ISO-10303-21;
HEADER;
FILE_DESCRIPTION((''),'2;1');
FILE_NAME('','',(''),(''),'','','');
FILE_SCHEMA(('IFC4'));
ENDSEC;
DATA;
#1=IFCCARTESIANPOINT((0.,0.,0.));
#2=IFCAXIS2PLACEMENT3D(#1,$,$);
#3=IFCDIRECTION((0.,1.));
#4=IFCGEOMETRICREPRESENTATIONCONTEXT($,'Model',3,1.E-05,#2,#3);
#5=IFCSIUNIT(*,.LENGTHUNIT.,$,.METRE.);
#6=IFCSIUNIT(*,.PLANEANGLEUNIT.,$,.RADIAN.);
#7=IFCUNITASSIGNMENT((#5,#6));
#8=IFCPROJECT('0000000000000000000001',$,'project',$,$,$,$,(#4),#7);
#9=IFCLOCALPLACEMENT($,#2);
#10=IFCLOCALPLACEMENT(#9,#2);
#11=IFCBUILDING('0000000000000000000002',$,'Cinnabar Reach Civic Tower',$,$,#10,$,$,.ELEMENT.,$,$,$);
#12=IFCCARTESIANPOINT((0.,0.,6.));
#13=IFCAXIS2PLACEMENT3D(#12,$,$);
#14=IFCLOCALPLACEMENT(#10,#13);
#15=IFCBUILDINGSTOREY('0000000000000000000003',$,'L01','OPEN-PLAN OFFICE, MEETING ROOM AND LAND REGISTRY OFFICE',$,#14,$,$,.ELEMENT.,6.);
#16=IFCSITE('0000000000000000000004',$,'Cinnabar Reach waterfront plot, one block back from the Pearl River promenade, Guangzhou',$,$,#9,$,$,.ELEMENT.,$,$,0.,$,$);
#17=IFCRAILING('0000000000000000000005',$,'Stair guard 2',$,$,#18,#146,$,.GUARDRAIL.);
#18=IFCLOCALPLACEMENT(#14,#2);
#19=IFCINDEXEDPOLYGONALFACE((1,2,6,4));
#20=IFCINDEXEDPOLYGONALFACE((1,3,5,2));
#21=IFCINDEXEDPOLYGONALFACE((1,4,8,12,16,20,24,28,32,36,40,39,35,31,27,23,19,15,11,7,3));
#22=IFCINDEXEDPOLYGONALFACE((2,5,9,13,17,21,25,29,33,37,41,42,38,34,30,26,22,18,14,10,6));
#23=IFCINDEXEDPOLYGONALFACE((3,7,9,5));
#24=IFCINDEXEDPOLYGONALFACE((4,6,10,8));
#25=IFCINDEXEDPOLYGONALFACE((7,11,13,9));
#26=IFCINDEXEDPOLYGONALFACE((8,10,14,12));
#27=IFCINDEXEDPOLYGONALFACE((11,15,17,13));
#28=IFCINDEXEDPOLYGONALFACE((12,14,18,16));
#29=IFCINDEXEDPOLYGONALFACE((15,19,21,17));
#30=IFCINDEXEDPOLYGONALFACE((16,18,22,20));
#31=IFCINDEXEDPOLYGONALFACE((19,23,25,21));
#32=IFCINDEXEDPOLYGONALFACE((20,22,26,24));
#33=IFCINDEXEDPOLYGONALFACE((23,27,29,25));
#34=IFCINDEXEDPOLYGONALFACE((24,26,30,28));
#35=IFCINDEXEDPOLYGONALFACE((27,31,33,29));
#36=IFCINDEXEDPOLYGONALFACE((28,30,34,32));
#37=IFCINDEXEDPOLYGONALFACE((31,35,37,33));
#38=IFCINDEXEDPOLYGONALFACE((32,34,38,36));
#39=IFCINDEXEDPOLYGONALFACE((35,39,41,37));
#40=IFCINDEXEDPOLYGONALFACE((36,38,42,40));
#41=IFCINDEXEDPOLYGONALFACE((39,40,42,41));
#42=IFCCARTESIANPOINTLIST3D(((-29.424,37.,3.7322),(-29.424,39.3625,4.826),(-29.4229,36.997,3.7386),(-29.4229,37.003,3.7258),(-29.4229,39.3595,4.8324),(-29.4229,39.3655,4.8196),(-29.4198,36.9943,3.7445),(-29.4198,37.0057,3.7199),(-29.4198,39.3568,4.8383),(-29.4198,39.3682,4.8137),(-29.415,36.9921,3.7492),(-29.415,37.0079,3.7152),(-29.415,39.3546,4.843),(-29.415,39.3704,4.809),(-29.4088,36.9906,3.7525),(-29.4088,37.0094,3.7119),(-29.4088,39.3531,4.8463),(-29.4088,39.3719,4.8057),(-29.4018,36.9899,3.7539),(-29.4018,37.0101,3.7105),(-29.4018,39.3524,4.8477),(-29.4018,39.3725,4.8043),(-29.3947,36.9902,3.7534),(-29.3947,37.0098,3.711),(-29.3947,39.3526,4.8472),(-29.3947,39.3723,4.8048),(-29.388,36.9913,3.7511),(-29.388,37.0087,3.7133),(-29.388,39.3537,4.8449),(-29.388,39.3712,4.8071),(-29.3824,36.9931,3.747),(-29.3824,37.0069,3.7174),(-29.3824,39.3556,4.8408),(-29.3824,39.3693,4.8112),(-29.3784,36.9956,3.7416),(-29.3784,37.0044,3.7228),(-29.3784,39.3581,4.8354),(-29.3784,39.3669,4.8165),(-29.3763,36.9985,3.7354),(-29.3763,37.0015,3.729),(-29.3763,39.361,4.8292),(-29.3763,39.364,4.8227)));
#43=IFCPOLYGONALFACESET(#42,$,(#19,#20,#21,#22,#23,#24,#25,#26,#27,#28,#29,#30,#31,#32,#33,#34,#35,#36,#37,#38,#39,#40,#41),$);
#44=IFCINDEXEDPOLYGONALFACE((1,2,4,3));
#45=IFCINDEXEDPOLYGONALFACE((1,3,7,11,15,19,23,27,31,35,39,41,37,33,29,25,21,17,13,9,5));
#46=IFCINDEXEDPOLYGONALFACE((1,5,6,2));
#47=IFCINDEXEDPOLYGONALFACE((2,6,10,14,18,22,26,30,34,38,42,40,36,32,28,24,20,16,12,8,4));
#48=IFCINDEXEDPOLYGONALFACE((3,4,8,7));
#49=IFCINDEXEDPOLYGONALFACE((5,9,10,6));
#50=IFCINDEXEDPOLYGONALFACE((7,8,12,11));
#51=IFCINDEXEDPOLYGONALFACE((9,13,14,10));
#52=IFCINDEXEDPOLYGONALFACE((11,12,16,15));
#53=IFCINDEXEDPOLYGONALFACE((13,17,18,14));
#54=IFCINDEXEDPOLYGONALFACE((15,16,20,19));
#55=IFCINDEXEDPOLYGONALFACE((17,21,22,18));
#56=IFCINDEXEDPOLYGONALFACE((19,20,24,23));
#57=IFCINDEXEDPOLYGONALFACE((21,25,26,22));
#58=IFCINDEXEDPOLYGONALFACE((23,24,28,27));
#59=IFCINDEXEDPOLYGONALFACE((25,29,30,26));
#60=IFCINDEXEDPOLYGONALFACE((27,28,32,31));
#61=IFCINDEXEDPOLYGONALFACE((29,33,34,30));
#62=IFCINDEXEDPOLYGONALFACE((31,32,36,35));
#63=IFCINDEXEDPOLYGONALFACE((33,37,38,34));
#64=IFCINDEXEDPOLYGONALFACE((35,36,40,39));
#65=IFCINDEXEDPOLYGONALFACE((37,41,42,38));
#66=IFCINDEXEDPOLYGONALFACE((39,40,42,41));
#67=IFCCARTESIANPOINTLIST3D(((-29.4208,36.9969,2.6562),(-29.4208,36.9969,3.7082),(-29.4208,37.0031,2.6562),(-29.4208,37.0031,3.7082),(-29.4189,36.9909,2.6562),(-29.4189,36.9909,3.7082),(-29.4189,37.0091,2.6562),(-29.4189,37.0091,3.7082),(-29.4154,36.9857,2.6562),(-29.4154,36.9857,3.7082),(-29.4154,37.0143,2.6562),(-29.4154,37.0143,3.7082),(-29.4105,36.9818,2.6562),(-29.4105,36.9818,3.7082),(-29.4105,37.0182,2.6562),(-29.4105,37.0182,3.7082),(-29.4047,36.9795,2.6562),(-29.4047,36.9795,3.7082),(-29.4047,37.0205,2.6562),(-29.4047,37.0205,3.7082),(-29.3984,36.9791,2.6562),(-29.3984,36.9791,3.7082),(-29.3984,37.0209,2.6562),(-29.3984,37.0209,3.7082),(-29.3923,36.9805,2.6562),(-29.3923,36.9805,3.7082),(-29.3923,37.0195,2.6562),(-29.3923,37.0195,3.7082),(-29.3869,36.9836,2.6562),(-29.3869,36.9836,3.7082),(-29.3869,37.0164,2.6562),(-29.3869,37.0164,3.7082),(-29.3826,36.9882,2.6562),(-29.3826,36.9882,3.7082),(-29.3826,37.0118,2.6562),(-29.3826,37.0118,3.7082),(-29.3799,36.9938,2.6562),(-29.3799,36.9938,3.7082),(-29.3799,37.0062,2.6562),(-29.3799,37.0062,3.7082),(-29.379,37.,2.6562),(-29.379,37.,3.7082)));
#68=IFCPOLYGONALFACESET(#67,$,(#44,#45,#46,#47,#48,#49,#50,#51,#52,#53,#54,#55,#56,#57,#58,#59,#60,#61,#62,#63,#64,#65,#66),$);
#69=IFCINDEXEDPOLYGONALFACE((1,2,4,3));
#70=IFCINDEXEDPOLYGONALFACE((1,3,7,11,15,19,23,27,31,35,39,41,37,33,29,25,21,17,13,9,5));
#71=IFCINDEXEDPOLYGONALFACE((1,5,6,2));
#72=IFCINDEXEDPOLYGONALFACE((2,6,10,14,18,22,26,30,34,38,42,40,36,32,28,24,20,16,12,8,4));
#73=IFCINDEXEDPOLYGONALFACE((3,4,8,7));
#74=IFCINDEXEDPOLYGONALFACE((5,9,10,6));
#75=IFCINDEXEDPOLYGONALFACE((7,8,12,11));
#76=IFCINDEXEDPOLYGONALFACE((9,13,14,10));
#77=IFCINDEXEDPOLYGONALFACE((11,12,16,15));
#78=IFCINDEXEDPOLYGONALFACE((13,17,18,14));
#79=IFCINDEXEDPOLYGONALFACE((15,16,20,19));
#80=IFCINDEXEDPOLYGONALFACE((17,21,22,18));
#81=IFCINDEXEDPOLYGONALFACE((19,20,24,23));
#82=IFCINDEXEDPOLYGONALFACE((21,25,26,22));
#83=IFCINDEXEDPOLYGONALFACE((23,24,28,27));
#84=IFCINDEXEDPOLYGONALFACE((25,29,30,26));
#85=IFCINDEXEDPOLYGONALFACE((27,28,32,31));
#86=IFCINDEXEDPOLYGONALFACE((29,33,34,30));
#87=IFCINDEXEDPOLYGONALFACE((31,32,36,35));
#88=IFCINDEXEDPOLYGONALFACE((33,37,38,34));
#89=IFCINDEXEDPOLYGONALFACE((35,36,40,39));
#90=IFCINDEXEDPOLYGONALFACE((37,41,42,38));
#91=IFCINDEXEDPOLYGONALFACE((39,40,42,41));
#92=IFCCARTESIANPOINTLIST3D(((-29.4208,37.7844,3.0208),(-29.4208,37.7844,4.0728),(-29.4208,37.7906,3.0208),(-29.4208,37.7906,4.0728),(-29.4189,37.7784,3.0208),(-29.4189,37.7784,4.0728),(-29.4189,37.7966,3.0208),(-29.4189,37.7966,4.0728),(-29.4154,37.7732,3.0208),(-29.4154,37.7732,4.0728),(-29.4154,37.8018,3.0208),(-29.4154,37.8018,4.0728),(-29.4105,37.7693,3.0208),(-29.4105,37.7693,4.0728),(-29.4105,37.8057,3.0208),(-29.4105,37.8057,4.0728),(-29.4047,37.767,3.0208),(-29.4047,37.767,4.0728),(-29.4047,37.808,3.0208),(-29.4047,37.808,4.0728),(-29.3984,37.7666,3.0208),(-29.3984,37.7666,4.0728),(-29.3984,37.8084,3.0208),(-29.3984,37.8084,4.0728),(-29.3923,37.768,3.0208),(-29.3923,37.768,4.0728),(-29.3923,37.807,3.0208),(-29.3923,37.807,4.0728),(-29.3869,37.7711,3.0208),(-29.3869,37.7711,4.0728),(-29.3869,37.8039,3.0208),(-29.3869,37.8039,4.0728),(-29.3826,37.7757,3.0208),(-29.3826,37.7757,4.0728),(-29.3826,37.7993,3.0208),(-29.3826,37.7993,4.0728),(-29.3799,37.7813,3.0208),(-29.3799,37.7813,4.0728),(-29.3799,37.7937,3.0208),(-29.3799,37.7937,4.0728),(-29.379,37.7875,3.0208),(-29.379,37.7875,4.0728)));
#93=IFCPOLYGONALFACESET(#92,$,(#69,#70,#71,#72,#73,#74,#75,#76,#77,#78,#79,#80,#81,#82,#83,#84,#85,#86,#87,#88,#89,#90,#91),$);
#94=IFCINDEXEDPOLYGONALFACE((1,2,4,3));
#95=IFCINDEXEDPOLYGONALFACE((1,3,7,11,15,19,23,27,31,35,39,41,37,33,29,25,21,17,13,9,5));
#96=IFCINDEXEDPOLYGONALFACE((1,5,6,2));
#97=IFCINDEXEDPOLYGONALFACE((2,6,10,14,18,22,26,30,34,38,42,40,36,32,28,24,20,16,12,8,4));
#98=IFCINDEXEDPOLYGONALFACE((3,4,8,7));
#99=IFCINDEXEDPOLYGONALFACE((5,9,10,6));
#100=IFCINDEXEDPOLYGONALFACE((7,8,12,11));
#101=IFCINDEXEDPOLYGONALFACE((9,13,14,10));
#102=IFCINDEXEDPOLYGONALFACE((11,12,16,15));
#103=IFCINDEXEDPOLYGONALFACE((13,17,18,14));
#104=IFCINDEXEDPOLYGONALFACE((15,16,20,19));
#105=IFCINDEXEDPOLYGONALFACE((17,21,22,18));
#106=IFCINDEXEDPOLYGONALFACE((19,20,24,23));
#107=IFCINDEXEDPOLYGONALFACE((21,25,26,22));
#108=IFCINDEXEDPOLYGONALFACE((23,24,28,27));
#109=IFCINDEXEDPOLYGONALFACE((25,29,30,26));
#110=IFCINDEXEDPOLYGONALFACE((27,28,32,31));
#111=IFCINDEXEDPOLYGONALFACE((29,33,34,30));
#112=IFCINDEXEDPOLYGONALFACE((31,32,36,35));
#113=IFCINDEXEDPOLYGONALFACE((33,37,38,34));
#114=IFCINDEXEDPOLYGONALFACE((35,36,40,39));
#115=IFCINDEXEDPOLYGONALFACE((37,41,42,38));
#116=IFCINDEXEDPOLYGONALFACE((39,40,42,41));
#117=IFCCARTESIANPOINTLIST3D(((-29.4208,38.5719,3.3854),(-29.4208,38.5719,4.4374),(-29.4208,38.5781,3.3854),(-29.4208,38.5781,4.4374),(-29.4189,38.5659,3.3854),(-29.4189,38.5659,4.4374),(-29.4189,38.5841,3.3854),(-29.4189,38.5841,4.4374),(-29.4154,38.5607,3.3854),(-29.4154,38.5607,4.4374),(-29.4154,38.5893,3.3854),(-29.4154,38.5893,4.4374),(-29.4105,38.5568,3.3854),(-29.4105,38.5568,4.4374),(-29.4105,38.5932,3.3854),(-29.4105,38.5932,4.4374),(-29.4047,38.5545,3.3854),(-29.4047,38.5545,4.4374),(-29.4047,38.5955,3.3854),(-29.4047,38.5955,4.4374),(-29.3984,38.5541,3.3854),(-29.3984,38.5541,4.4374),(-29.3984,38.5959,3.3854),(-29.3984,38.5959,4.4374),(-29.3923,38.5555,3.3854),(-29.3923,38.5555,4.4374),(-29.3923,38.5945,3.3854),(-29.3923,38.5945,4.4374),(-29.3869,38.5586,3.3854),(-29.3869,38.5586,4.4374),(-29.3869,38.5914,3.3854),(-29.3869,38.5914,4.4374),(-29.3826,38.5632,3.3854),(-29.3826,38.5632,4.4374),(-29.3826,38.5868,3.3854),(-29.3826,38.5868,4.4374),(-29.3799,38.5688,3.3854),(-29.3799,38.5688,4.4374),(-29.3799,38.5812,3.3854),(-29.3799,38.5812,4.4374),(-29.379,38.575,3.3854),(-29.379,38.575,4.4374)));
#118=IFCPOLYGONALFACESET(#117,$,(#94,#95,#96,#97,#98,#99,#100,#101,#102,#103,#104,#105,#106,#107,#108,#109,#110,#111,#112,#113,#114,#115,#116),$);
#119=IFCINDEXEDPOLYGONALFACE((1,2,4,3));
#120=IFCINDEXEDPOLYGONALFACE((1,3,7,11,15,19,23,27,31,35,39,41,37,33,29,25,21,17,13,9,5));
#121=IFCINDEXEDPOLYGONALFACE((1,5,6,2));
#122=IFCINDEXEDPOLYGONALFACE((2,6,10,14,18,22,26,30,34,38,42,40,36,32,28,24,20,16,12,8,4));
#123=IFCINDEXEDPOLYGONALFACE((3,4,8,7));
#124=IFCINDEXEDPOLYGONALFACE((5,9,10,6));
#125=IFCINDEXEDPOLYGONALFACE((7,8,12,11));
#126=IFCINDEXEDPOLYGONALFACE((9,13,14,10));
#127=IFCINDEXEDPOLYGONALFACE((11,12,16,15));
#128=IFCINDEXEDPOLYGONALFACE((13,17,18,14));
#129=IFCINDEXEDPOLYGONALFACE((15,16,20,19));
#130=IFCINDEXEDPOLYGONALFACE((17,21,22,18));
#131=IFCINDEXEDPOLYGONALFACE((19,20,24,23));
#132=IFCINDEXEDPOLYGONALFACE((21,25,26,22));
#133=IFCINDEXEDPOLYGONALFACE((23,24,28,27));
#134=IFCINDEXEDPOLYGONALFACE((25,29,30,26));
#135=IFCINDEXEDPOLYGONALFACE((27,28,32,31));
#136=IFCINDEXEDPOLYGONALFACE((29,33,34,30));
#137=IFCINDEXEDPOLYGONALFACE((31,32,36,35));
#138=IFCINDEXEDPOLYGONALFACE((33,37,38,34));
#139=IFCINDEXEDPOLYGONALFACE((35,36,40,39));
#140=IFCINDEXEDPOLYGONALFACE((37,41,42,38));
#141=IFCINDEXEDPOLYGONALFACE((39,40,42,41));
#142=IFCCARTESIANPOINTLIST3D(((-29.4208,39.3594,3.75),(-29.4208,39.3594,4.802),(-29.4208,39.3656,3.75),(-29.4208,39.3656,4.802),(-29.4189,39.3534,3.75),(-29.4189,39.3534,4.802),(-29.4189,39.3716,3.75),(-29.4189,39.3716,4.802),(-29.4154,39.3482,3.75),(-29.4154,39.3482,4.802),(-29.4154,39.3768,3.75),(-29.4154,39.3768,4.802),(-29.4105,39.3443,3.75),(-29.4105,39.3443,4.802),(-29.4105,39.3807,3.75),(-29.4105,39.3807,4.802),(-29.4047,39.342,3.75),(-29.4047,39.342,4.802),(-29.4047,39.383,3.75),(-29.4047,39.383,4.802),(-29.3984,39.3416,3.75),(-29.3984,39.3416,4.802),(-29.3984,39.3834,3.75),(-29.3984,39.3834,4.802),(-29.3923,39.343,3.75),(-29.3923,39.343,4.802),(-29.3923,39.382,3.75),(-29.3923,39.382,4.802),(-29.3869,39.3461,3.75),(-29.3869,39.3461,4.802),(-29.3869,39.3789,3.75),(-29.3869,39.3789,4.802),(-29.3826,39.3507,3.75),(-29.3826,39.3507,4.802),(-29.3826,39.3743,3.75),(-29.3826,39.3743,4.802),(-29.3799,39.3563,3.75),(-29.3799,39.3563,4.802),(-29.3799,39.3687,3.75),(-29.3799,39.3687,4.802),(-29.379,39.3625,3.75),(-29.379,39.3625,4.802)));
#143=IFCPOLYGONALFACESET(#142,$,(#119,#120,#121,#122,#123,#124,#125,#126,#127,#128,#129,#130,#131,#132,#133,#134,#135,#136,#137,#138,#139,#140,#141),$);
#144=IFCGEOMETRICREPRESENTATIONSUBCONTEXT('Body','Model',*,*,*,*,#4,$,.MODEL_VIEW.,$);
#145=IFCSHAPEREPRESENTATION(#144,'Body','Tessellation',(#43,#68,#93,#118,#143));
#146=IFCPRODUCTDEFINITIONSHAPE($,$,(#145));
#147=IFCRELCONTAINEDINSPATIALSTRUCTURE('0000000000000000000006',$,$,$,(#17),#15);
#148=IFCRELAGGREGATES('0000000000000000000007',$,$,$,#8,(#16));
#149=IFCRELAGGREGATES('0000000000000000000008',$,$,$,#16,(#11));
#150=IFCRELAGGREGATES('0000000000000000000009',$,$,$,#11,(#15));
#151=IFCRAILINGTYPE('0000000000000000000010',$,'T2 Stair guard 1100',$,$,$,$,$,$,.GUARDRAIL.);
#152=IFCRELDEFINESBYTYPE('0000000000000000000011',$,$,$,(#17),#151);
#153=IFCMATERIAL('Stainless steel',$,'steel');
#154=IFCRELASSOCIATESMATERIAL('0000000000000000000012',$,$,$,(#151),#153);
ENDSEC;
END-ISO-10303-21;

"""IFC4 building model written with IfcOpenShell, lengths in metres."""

from ifc_helpers import new_model, si_unit, direction, frame, origin, origin_2d, place, context, subcontext, project, spatial, circle, extrude, material, type_object, element, save


model = new_model("IFC4")

# Units and contexts
model_context = context("Model", 3, precision=1e-05, world=origin(), true_north=direction((0.0, 1.0)))
body_context = subcontext(model_context, "Body", "Model", "MODEL_VIEW")
ifc_project = project(units=[si_unit("LENGTHUNIT", "METRE"), si_unit("PLANEANGLEUNIT", "RADIAN")], contexts=[model_context])

# Site, building, storey
site_placement = place(None, origin())
site = spatial("IfcSite", under=ifc_project, at=site_placement, Name="Cinnabar Reach waterfront plot, one block back from the Pearl River promenade, Guangzhou", CompositionType="ELEMENT", RefElevation=0.0)
building_placement = place(site_placement, origin())
building = spatial("IfcBuilding", under=site, at=building_placement, Name="Cinnabar Reach Civic Tower", CompositionType="ELEMENT")
storey_placement = place(building_placement, frame((0.0, 0.0, 6.0)))
storey = spatial("IfcBuildingStorey", under=building, at=storey_placement, Name="L01", Description="OPEN-PLAN OFFICE, MEETING ROOM AND LAND REGISTRY OFFICE", CompositionType="ELEMENT", Elevation=6.0)

# Railing
ifc_material_1 = material(Name="Stainless steel", Category="steel")
railing_type = type_object("IfcRailingType", Name="T2 Stair guard 1100", PredefinedType="GUARDRAIL", material=ifc_material_1)
railing_1_placement = place(storey_placement, frame((-29.4, 37.0, 2.6562)))
element("IfcRailing", 1, at=railing_1_placement, inside=storey, type_object=railing_type, Name="Stair guard 2", PredefinedType="GUARDRAIL", context=body_context, shape_type="SweptSolid", body=[
    extrude(circle(Radius=0.024, at=origin_2d()), frame((0.0, 0.0, 1.076), z_axis=(0.0, 0.90746, 0.420139), x_axis=(-1.0, 0.0, 0.0)), (0.0, 0.0, 1.0), 2.6034),
    extrude(circle(Radius=0.021, at=origin_2d()), origin(), (0.0, 0.0, 1.0), 1.052),
    extrude(circle(Radius=0.021, at=origin_2d()), frame((0.0, 0.7875, 0.3646)), (0.0, 0.0, 1.0), 1.052),
    extrude(circle(Radius=0.021, at=origin_2d()), frame((0.0, 1.575, 0.7292)), (0.0, 0.0, 1.0), 1.052),
    extrude(circle(Radius=0.021, at=origin_2d()), frame((0.0, 2.3625, 1.0938)), (0.0, 0.0, 1.0), 1.052),
])

save(model, "model.ifc")
